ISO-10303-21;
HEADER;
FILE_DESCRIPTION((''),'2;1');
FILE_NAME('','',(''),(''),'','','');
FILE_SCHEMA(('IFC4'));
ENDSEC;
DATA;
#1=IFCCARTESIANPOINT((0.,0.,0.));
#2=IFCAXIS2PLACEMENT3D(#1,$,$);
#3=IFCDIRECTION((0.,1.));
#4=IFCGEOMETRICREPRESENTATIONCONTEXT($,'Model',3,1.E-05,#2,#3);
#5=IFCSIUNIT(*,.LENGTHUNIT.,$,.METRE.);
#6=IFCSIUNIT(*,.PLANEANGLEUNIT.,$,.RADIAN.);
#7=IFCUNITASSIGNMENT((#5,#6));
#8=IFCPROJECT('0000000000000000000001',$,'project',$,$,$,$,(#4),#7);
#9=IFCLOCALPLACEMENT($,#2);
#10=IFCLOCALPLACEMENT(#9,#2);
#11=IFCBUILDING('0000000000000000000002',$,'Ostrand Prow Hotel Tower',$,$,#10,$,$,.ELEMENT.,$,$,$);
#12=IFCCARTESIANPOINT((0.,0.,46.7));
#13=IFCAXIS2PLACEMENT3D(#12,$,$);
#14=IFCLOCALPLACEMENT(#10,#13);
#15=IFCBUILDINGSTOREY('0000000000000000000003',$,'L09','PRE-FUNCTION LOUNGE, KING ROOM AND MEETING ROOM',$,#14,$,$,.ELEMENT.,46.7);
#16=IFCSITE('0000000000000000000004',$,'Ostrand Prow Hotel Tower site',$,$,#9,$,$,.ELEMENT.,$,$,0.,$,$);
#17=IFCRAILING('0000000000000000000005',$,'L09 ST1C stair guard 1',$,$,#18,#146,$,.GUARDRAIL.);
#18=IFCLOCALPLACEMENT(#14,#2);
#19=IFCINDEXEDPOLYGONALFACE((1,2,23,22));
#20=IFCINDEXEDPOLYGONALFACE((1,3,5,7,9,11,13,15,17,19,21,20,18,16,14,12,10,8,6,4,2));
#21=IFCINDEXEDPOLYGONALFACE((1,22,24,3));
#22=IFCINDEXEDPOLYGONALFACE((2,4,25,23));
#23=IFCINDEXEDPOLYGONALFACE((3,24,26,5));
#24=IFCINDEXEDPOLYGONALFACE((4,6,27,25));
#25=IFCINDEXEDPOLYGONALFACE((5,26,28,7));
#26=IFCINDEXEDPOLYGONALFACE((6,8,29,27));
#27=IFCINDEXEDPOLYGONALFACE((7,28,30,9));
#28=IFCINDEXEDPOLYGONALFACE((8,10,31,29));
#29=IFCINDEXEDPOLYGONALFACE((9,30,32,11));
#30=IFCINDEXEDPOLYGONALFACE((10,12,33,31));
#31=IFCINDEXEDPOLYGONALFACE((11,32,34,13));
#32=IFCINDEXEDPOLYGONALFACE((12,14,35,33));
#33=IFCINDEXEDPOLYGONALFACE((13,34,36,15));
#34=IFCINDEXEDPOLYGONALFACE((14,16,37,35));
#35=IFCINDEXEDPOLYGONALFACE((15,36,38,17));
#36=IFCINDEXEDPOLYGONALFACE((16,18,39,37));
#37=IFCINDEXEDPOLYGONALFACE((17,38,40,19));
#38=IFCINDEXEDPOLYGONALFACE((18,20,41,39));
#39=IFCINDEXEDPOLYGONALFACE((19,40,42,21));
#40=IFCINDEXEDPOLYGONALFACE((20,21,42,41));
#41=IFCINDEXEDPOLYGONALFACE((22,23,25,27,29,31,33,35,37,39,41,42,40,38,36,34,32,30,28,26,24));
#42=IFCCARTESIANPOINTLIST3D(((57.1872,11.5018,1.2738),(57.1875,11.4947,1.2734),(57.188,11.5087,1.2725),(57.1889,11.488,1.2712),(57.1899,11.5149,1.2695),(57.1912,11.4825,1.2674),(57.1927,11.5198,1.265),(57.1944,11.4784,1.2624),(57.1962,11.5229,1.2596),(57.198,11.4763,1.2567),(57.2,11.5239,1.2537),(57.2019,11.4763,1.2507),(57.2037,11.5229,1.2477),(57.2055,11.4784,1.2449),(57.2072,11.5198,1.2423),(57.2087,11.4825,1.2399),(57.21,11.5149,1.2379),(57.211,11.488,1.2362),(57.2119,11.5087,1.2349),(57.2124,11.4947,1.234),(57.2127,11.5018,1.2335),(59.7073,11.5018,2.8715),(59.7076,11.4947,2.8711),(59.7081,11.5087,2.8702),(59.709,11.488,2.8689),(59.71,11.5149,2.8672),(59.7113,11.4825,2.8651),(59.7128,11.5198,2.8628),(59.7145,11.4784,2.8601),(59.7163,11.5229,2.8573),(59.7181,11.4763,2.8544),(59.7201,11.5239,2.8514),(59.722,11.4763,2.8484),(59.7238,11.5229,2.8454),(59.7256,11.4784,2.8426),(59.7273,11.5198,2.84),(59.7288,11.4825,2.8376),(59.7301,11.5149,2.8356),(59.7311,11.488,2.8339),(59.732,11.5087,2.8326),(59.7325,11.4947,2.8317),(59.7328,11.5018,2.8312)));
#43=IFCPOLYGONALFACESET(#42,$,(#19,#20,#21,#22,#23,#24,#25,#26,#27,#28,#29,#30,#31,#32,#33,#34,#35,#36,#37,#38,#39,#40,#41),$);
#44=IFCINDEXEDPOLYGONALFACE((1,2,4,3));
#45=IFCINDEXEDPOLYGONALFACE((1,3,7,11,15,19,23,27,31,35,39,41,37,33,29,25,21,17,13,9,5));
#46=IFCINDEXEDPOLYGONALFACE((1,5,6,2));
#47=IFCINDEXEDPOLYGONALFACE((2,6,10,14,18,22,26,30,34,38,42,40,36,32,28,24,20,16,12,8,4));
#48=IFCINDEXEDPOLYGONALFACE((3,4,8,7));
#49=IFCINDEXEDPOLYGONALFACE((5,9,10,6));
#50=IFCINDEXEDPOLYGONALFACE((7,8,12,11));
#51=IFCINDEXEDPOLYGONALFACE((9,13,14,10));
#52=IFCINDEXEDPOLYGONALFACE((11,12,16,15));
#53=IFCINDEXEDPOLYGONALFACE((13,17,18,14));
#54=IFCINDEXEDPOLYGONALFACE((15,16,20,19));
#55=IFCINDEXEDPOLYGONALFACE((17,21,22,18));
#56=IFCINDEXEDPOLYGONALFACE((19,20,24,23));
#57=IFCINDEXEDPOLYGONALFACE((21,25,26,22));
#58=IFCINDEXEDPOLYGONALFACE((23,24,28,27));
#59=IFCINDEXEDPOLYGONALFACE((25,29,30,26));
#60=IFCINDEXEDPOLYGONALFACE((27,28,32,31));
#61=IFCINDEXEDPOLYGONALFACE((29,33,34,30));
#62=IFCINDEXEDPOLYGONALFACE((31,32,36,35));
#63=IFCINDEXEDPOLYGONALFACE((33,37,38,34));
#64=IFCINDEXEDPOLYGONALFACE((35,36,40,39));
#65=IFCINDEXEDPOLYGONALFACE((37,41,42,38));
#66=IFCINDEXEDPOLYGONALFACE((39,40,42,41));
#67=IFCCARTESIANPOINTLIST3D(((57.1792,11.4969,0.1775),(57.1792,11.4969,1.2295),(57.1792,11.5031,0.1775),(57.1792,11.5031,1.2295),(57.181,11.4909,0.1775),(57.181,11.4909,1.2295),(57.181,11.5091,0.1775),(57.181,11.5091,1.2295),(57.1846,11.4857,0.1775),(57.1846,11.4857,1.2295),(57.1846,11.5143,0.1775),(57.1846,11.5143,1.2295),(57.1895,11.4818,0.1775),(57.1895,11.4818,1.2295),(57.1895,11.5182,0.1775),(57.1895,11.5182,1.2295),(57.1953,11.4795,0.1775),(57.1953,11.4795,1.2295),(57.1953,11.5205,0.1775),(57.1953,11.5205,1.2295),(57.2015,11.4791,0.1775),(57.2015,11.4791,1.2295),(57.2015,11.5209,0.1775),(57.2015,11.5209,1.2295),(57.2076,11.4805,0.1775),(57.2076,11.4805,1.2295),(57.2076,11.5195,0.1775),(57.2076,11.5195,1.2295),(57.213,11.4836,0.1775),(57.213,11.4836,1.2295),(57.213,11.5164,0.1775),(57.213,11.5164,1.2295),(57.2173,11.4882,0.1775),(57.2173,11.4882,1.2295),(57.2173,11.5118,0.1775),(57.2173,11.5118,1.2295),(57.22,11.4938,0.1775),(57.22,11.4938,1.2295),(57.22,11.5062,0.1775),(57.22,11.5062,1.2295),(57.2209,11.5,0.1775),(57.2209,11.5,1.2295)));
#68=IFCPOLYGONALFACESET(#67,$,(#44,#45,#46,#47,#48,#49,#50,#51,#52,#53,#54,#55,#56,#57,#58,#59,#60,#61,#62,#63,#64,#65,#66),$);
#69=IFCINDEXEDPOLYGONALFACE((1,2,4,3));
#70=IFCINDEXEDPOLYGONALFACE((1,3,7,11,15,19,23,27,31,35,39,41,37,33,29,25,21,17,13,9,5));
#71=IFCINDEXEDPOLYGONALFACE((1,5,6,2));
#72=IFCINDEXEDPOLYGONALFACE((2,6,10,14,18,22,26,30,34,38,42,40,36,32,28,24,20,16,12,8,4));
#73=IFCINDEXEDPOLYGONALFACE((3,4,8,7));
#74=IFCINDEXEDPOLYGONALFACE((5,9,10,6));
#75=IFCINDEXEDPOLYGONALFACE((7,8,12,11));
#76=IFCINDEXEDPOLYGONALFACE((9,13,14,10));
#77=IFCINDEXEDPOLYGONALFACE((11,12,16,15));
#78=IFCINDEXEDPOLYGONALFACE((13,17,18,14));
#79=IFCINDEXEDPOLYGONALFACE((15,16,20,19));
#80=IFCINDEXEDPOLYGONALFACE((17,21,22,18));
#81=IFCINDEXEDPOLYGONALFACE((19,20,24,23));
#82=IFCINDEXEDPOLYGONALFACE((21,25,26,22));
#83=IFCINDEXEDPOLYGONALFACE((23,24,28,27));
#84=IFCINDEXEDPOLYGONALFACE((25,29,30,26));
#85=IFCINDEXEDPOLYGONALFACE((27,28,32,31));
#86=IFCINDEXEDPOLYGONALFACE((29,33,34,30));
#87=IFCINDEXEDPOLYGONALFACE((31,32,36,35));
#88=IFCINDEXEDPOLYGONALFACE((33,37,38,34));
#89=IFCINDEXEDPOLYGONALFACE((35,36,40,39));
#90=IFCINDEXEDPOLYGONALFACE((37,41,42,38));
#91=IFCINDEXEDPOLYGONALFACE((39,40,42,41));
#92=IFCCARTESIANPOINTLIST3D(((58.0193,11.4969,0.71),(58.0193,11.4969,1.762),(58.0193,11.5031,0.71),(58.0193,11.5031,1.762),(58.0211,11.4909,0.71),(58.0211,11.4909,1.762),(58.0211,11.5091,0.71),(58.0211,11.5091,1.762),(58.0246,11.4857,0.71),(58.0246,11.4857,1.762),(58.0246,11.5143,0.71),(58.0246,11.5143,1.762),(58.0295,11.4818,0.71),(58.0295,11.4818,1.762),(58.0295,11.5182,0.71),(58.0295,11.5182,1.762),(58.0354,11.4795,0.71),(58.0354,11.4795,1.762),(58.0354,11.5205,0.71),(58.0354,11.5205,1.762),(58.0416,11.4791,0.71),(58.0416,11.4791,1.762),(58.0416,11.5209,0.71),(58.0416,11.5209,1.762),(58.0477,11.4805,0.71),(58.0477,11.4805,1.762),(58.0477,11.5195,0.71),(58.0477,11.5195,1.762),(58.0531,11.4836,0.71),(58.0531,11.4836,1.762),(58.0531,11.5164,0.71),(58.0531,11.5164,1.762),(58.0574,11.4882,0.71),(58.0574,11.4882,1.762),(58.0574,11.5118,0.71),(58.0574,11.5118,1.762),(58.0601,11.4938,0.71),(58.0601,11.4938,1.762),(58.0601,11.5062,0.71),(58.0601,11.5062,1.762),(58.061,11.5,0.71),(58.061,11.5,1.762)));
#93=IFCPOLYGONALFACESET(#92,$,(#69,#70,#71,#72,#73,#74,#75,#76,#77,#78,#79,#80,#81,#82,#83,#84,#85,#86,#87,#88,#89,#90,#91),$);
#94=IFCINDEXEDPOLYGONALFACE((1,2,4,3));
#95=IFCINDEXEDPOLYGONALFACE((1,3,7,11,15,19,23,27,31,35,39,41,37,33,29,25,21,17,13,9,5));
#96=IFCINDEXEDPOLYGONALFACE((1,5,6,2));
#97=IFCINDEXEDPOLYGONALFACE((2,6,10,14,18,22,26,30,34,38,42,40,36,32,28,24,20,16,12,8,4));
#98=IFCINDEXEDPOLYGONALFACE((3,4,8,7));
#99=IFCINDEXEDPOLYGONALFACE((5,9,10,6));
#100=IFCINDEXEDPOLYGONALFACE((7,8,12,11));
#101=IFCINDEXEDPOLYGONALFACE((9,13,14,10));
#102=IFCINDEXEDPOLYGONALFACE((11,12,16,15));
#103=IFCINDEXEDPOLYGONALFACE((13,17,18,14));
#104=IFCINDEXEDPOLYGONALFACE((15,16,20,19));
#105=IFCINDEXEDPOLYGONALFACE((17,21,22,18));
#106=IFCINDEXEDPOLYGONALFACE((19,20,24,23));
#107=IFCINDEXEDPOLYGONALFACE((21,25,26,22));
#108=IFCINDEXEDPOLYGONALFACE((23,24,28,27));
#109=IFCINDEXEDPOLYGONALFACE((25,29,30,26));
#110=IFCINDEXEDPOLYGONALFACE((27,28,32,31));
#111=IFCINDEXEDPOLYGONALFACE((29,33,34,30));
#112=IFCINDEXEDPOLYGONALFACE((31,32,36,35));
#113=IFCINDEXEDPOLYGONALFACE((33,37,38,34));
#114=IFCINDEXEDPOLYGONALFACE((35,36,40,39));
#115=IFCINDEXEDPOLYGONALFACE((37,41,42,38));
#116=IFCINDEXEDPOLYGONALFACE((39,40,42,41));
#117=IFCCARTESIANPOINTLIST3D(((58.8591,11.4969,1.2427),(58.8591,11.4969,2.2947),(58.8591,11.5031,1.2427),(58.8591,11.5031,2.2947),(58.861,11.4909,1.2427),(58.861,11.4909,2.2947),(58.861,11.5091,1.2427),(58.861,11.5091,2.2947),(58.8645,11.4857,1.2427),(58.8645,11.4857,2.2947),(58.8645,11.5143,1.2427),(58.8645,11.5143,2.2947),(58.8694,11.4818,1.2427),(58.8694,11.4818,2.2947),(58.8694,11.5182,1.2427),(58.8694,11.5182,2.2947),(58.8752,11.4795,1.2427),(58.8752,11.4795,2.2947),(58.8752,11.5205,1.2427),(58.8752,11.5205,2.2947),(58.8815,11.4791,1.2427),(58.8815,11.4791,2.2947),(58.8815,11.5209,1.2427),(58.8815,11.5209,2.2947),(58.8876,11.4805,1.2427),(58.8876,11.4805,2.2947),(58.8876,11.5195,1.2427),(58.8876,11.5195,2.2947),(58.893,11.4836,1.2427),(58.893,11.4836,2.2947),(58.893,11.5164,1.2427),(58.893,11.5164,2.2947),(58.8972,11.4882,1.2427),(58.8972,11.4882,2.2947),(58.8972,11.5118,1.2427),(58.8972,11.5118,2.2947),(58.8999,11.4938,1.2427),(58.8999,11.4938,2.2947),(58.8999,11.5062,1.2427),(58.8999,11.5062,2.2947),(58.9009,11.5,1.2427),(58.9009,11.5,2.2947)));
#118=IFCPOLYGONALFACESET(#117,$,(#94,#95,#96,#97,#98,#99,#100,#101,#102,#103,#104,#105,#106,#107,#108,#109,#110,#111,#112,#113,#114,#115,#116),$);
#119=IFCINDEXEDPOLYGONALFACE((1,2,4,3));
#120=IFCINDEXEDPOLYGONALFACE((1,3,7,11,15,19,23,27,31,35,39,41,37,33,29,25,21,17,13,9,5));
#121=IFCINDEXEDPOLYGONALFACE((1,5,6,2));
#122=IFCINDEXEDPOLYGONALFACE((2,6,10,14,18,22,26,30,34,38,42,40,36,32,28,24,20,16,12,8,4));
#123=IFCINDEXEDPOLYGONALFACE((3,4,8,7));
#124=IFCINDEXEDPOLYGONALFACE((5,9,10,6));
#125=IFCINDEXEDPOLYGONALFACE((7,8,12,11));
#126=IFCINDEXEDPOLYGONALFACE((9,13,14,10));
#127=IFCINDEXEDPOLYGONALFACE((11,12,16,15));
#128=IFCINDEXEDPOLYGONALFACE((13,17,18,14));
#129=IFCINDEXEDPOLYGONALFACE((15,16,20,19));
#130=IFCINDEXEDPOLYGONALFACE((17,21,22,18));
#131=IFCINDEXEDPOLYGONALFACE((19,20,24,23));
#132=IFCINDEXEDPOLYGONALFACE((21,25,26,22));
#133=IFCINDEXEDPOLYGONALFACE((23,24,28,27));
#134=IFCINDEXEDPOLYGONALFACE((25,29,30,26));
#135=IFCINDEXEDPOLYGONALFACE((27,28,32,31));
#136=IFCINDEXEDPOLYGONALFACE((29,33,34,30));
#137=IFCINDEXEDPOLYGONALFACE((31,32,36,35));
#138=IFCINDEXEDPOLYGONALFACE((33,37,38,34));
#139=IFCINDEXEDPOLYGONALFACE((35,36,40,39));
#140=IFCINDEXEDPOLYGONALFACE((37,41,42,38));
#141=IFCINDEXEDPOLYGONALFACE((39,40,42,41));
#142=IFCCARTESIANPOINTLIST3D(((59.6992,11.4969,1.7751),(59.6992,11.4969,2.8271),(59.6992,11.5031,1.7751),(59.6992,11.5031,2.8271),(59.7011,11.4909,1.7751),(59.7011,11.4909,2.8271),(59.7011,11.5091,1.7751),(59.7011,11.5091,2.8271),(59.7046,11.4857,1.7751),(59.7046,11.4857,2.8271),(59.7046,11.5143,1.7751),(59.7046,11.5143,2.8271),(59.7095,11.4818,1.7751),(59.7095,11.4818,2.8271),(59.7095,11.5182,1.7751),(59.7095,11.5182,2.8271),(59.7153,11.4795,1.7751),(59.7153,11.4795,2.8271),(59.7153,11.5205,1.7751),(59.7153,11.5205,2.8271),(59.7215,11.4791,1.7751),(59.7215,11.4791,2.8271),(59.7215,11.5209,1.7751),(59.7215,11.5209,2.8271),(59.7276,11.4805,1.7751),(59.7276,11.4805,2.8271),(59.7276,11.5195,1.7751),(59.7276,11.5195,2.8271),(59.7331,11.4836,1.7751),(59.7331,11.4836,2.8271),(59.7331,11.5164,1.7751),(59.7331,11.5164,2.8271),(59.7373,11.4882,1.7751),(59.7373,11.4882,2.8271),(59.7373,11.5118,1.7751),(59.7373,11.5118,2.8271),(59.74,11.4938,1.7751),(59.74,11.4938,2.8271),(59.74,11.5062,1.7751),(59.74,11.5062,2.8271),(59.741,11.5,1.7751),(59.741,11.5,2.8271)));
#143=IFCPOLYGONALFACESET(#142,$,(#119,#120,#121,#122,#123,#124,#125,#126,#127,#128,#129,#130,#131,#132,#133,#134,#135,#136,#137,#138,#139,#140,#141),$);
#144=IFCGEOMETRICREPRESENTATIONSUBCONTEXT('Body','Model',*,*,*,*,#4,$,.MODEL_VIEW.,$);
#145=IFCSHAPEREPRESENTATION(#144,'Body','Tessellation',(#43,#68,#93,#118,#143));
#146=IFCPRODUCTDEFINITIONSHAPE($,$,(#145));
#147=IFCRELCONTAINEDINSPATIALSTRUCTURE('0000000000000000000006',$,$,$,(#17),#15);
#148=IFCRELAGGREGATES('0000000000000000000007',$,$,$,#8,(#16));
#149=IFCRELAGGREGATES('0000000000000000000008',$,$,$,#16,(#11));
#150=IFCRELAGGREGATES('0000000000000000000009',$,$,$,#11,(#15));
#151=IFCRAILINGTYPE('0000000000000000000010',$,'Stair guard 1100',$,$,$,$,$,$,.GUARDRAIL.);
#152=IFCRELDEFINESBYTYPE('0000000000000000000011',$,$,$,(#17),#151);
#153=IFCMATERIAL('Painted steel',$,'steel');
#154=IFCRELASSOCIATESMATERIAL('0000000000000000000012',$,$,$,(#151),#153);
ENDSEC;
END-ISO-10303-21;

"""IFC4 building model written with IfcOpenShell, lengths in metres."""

from ifc_helpers import new_model, si_unit, direction, frame, origin, origin_2d, place, context, subcontext, project, spatial, circle, extrude, material, type_object, element, save


model = new_model("IFC4")

# Units and contexts
model_context = context("Model", 3, precision=1e-05, world=origin(), true_north=direction((0.0, 1.0)))
body_context = subcontext(model_context, "Body", "Model", "MODEL_VIEW")
ifc_project = project(units=[si_unit("LENGTHUNIT", "METRE"), si_unit("PLANEANGLEUNIT", "RADIAN")], contexts=[model_context])

# Site, building, storey
site_placement = place(None, origin())
site = spatial("IfcSite", under=ifc_project, at=site_placement, Name="Ostrand Prow Hotel Tower site", CompositionType="ELEMENT", RefElevation=0.0)
building_placement = place(site_placement, origin())
building = spatial("IfcBuilding", under=site, at=building_placement, Name="Ostrand Prow Hotel Tower", CompositionType="ELEMENT")
storey_placement = place(building_placement, frame((0.0, 0.0, 46.7)))
storey = spatial("IfcBuildingStorey", under=building, at=storey_placement, Name="L09", Description="PRE-FUNCTION LOUNGE, KING ROOM AND MEETING ROOM", CompositionType="ELEMENT", Elevation=46.7)

# Railing
ifc_material_1 = material(Name="Painted steel", Category="steel")
railing_type_1 = type_object("IfcRailingType", Name="Stair guard 1100", PredefinedType="GUARDRAIL", material=ifc_material_1)
railing_1_placement = place(storey_placement, frame((57.2, 11.5, 0.1775)))
element("IfcRailing", 1, at=railing_1_placement, inside=storey, type_object=railing_type_1, Name="L09 ST1C stair guard 1", PredefinedType="GUARDRAIL", context=body_context, shape_type="SweptSolid", body=[
    extrude(circle(Radius=0.0239, at=origin_2d()), frame((0.0, 0.0, 1.0762), z_axis=(0.84457, 0.0, 0.535445), x_axis=(0.0, 1.0, 0.0)), (0.0, 0.0, 1.0), 2.9839),
    extrude(circle(Radius=0.021, at=origin_2d()), origin(), (0.0, 0.0, 1.0), 1.052),
    extrude(circle(Radius=0.021, at=origin_2d()), frame((0.8401, 0.0, 0.5325)), (0.0, 0.0, 1.0), 1.052),
    extrude(circle(Radius=0.021, at=origin_2d()), frame((1.6799, 0.0, 1.0652)), (0.0, 0.0, 1.0), 1.052),
    extrude(circle(Radius=0.021, at=origin_2d()), frame((2.52, 0.0, 1.5977)), (0.0, 0.0, 1.0), 1.052),
])

save(model, "model.ifc")
